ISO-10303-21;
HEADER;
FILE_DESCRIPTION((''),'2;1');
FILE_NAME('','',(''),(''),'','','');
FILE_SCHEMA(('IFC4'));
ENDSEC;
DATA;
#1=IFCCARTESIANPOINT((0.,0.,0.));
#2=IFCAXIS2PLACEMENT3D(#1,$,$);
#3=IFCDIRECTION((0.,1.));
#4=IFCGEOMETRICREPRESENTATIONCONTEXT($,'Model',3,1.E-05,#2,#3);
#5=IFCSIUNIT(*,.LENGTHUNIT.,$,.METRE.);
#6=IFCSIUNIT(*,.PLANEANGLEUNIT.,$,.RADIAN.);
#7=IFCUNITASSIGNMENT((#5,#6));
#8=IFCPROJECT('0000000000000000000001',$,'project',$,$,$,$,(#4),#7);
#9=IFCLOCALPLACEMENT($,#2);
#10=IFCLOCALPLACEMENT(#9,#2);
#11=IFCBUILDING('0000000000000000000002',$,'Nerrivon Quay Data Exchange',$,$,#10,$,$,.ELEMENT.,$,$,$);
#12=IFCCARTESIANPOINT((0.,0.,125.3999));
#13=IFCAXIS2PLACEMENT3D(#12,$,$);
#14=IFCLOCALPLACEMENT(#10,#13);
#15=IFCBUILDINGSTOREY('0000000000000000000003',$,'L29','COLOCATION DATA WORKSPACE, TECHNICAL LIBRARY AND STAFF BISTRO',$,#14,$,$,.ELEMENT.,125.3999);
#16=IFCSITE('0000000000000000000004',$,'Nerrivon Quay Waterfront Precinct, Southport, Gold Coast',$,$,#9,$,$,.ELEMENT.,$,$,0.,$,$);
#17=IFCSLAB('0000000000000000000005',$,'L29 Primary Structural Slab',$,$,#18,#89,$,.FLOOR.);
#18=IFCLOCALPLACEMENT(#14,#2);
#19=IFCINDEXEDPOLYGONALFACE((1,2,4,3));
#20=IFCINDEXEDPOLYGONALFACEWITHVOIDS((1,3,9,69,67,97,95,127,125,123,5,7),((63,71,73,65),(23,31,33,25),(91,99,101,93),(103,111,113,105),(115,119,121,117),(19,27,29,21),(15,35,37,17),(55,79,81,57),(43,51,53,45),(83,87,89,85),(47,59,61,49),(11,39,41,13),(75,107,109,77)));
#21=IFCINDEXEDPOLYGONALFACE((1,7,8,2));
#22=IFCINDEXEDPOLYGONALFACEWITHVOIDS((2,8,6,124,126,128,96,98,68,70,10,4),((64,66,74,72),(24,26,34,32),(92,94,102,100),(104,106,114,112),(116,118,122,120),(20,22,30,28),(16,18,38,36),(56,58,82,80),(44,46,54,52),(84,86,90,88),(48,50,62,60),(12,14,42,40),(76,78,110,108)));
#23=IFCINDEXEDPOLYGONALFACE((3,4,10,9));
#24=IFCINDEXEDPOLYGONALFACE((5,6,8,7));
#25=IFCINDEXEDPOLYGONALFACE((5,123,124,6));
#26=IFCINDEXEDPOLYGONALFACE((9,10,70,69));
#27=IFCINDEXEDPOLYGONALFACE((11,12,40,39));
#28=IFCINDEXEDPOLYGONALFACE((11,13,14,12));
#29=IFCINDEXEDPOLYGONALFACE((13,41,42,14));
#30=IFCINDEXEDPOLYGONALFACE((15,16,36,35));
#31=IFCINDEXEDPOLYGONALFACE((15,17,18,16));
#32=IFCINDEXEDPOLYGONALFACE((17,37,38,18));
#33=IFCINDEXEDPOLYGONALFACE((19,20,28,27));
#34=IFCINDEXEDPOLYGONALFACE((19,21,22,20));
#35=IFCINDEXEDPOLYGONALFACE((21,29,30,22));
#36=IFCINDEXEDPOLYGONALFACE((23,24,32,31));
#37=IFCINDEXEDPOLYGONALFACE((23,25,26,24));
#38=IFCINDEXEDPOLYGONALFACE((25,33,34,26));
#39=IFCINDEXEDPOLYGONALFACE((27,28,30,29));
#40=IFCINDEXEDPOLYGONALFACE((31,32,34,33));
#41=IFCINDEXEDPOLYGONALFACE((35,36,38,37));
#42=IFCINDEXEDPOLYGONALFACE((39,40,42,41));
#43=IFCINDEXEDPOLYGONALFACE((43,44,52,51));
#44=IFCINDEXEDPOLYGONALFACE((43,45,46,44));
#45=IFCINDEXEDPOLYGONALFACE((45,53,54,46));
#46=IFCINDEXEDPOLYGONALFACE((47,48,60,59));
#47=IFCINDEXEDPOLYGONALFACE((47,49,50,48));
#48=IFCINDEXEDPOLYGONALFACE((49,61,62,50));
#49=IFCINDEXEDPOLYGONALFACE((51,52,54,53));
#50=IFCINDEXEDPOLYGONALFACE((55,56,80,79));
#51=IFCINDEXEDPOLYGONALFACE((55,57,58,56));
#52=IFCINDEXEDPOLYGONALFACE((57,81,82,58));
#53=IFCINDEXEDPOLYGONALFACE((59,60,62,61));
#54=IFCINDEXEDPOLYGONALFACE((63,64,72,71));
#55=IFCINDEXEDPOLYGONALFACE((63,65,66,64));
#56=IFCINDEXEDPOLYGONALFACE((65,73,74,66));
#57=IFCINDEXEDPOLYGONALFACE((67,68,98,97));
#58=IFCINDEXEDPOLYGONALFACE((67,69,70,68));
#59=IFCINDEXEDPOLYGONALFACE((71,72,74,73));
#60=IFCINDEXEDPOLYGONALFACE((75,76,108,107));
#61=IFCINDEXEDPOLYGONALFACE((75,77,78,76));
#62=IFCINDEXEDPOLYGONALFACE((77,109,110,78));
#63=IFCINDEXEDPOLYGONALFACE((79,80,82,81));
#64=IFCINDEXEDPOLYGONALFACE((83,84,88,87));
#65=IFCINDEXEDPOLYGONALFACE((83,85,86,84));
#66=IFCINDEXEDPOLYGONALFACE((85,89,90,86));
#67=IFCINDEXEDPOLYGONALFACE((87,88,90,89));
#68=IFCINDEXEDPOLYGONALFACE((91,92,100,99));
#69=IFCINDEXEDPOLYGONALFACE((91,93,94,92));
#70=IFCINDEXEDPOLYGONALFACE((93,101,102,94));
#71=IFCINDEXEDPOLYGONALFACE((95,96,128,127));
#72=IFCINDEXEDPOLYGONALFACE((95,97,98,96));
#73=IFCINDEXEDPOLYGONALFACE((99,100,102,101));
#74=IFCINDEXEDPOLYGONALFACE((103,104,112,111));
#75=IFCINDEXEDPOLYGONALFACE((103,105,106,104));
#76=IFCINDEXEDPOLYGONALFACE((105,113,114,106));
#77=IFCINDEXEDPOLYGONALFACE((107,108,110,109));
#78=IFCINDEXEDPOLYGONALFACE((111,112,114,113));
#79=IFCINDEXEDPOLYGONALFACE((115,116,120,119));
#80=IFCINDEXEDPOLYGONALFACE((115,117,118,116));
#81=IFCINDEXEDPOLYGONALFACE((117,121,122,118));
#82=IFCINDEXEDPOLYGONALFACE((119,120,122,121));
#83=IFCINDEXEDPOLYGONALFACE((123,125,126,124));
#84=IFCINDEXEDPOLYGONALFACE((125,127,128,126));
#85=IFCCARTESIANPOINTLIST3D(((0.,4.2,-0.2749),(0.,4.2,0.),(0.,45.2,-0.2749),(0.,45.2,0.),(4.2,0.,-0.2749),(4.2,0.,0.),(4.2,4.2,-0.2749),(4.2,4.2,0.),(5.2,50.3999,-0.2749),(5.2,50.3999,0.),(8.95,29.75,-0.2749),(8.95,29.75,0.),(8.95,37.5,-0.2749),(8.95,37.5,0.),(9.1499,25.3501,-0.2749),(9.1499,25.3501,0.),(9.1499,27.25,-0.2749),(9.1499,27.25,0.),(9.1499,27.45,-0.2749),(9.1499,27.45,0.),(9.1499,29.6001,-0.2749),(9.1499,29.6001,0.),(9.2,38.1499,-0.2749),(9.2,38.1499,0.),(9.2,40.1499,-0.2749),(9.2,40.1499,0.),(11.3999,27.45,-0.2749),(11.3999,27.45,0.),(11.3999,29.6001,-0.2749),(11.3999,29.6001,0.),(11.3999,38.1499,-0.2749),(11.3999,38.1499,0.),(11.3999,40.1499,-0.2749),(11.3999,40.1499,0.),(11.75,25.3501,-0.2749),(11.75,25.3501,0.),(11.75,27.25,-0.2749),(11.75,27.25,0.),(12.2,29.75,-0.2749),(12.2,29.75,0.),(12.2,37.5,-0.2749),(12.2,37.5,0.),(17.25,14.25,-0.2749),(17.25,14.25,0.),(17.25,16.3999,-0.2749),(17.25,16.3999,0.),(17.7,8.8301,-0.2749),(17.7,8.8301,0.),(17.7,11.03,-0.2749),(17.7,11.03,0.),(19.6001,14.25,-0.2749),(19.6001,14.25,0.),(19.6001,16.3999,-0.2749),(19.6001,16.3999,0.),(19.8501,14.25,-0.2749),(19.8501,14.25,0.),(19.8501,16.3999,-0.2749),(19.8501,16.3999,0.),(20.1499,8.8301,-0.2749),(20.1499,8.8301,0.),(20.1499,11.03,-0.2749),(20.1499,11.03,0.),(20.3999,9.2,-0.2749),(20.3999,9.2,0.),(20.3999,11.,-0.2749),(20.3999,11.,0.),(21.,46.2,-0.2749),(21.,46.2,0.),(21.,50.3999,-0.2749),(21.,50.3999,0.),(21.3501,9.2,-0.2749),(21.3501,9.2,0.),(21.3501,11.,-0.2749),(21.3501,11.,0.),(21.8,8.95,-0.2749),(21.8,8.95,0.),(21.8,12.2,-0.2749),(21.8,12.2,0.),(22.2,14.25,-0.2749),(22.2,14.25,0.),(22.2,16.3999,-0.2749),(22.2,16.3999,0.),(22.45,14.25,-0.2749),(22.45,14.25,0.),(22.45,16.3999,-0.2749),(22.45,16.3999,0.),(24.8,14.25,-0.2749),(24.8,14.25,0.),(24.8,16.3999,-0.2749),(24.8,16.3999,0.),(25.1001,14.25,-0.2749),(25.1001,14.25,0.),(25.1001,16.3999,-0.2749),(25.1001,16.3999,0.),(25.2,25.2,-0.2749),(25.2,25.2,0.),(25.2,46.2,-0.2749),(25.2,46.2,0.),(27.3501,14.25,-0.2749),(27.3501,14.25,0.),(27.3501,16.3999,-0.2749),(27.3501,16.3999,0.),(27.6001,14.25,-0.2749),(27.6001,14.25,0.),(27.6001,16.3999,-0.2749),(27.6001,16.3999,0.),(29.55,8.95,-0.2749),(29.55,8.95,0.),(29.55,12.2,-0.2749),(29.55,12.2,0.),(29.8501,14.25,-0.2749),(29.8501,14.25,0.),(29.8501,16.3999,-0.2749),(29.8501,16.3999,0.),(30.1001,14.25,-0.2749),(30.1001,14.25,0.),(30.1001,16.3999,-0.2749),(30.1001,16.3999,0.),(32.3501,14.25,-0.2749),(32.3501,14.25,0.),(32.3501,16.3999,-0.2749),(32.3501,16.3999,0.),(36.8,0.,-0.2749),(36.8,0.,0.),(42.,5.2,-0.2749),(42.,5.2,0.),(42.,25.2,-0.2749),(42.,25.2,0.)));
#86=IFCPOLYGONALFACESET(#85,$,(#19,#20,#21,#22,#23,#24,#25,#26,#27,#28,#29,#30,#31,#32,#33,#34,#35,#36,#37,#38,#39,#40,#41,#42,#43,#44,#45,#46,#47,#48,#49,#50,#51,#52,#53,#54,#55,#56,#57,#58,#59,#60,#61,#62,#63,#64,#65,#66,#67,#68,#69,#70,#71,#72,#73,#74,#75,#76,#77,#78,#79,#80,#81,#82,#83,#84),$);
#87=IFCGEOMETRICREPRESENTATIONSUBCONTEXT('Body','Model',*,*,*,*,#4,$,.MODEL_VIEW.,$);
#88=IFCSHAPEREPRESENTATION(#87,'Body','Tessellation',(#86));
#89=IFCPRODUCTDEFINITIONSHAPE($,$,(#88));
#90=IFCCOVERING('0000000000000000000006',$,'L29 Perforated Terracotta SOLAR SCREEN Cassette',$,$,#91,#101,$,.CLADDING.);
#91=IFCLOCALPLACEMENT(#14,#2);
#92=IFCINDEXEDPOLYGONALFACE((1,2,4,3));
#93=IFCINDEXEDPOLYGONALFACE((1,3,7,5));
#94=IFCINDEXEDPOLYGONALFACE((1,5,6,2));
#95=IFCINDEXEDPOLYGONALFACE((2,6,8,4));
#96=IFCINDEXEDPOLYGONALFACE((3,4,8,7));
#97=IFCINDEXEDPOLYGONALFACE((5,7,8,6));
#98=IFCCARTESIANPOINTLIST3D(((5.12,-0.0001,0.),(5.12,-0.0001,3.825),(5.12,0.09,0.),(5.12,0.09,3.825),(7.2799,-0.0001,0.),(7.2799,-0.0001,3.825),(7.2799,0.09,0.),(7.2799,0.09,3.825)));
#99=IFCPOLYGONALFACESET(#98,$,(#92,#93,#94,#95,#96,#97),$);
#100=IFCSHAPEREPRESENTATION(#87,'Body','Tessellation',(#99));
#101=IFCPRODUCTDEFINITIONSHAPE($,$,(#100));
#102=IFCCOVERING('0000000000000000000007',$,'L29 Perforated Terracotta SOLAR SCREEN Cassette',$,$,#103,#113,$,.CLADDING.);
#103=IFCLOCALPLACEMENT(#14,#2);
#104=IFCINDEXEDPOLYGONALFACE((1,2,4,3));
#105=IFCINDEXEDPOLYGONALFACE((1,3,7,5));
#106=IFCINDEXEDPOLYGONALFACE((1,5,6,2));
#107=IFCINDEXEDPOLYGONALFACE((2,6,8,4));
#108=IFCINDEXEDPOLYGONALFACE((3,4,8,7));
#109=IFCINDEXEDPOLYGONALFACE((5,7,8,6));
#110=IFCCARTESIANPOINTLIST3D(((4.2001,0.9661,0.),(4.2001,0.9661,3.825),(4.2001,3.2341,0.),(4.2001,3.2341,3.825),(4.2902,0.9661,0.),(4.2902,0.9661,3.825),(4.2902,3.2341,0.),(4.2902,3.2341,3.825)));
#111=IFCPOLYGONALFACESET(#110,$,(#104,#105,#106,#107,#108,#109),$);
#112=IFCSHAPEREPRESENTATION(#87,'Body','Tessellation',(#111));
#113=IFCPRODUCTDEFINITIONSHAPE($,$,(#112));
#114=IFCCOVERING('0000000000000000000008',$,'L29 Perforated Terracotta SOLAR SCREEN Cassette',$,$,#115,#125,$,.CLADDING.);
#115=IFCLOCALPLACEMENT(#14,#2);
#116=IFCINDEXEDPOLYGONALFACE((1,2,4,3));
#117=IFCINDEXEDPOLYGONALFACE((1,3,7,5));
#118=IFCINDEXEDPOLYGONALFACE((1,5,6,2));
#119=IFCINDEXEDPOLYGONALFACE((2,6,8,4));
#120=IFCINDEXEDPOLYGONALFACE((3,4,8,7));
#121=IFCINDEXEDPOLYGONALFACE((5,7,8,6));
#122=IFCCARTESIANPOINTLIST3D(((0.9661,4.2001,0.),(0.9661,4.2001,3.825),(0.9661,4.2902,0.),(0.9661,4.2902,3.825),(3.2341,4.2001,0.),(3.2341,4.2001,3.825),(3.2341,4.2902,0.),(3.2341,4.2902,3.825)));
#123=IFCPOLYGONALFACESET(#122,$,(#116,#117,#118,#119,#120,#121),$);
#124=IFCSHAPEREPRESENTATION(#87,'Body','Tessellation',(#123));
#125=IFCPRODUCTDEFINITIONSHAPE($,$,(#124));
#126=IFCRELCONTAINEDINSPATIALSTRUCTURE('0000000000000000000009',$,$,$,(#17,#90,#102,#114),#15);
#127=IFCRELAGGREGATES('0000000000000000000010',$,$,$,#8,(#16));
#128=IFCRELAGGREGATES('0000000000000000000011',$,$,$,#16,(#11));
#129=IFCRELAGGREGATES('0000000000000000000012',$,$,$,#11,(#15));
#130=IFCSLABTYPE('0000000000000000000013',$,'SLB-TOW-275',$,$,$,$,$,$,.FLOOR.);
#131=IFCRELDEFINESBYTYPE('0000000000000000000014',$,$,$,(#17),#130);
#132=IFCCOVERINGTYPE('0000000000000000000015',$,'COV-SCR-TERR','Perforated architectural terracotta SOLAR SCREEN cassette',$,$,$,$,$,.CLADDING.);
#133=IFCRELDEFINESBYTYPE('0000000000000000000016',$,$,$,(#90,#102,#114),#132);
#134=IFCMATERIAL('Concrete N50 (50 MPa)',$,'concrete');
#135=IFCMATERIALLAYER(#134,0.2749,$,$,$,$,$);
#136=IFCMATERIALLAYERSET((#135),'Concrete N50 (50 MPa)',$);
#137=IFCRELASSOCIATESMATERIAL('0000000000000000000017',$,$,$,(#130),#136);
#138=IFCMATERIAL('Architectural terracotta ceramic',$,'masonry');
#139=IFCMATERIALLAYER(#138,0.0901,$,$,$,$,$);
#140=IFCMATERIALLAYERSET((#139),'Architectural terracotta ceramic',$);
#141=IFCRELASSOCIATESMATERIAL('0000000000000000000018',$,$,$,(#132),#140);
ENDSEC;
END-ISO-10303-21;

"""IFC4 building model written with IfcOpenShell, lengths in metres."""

from ifc_helpers import new_model, si_unit, direction, frame, origin, origin_2d, place, context, subcontext, project, spatial, polyline, rectangle, outline, extrude, material, layer, layer_set, type_object, element, save


model = new_model("IFC4")

# Units and contexts
model_context = context("Model", 3, precision=1e-05, world=origin(), true_north=direction((0.0, 1.0)))
body_context = subcontext(model_context, "Body", "Model", "MODEL_VIEW")
ifc_project = project(units=[si_unit("LENGTHUNIT", "METRE"), si_unit("PLANEANGLEUNIT", "RADIAN")], contexts=[model_context])

# Site, building, storey
site_placement = place(None, origin())
site = spatial("IfcSite", under=ifc_project, at=site_placement, Name="Nerrivon Quay Waterfront Precinct, Southport, Gold Coast", CompositionType="ELEMENT", RefElevation=0.0)
building_placement = place(site_placement, origin())
building = spatial("IfcBuilding", under=site, at=building_placement, Name="Nerrivon Quay Data Exchange", CompositionType="ELEMENT")
storey_placement = place(building_placement, frame((0.0, 0.0, 125.3999)))
storey = spatial("IfcBuildingStorey", under=building, at=storey_placement, Name="L29", Description="COLOCATION DATA WORKSPACE, TECHNICAL LIBRARY AND STAFF BISTRO", CompositionType="ELEMENT", Elevation=125.3999)

# Shared definitions
ifc_material_1 = material(Name="Concrete N50 (50 MPa)", Category="concrete")

# Slab
ifc_layer_1 = layer(ifc_material_1, 0.2749)
ifc_layer_set_1 = layer_set([ifc_layer_1], Name="Concrete N50 (50 MPa)")
slab_type_1 = type_object("IfcSlabType", Name="SLB-TOW-275", PredefinedType="FLOOR", material=ifc_layer_set_1)
slab_1_placement = place(storey_placement, frame((0.0, 0.0, -0.2749)))
element("IfcSlab", 1, at=slab_1_placement, inside=storey, type_object=slab_type_1, Name="L29 Primary Structural Slab", PredefinedType="FLOOR", context=body_context, shape_type="SweptSolid", body=[
    extrude(outline(polyline([(42.0, 25.2), (25.2, 25.2), (25.2, 46.2), (21.0, 46.2), (21.0, 50.3999), (5.2, 50.3999), (0.0, 45.2), (0.0, 4.2), (4.2, 4.2), (4.2, 0.0), (36.8, 0.0), (42.0, 5.2), (42.0, 25.2)]), holes=[polyline([(8.95, 29.75), (8.95, 37.5), (12.2, 37.5), (12.2, 29.75), (8.95, 29.75)]), polyline([(21.8, 12.2), (29.55, 12.2), (29.55, 8.95), (21.8, 8.95), (21.8, 12.2)]), polyline([(30.1001, 16.3999), (32.3501, 16.3999), (32.3501, 14.25), (30.1001, 14.25), (30.1001, 16.3999)]), polyline([(27.6001, 16.3999), (29.8501, 16.3999), (29.8501, 14.25), (27.6001, 14.25), (27.6001, 16.3999)]), polyline([(25.1001, 14.25), (25.1001, 16.3999), (27.3501, 16.3999), (27.3501, 14.25), (25.1001, 14.25)]), polyline([(22.45, 16.3999), (24.8, 16.3999), (24.8, 14.25), (22.45, 14.25), (22.45, 16.3999)]), polyline([(19.8501, 16.3999), (22.2, 16.3999), (22.2, 14.25), (19.8501, 14.25), (19.8501, 16.3999)]), polyline([(20.3999, 9.2), (20.3999, 11.0), (21.3501, 11.0), (21.3501, 9.2), (20.3999, 9.2)]), polyline([(17.7, 8.8301), (17.7, 11.03), (20.1499, 11.03), (20.1499, 8.8301), (17.7, 8.8301)]), polyline([(17.25, 14.25), (17.25, 16.3999), (19.6001, 16.3999), (19.6001, 14.25), (17.25, 14.25)]), polyline([(9.1499, 27.25), (11.75, 27.25), (11.75, 25.3501), (9.1499, 25.3501), (9.1499, 27.25)]), polyline([(9.1499, 29.6001), (11.3999, 29.6001), (11.3999, 27.45), (9.1499, 27.45), (9.1499, 29.6001)]), polyline([(9.2, 38.1499), (9.2, 40.1499), (11.3999, 40.1499), (11.3999, 38.1499), (9.2, 38.1499)])]), origin(), (0.0, 0.0, 1.0), 0.2749),
])

# Coverings
ifc_material_2 = material(Name="Architectural terracotta ceramic", Category="masonry")
ifc_layer_2 = layer(ifc_material_2, 0.0901)
ifc_layer_set_2 = layer_set([ifc_layer_2], Name="Architectural terracotta ceramic")
covering_type = type_object("IfcCoveringType", Name="COV-SCR-TERR", Description="Perforated architectural terracotta SOLAR SCREEN cassette", PredefinedType="CLADDING", material=ifc_layer_set_2)
covering_placement = place(storey_placement, frame((6.2, 0.0449, 0.0), z_axis=(0.0, 0.0, 1.0), x_axis=(-1.0, 0.0, 0.0)))
element("IfcCovering", 2, at=covering_placement, inside=storey, type_object=covering_type, Name="L29 Perforated Terracotta SOLAR SCREEN Cassette", PredefinedType="CLADDING", context=body_context, shape_type="SweptSolid", body=[
    extrude(rectangle(XDim=2.1599, YDim=0.0901, at=origin_2d()), origin(), (0.0, 0.0, 1.0), 3.825),
])
for number, where, z_axis, x_axis, name in (
    (3, (4.2451, 2.1001, 0.0), (0.0, 0.0, 1.0), (0.0, 1.0, 0.0), "L29 Perforated Terracotta SOLAR SCREEN Cassette"),
    (4, (2.1001, 4.2451, 0.0), (0.0, 0.0, 1.0), (-1.0, 0.0, 0.0), "L29 Perforated Terracotta SOLAR SCREEN Cassette"),
):
    element("IfcCovering", number, at=place(storey_placement, frame(where, z_axis=z_axis, x_axis=x_axis)), inside=storey, type_object=covering_type, Name=name, PredefinedType="CLADDING", context=body_context, shape_type="SweptSolid", body=[
        extrude(rectangle(XDim=2.2681, YDim=0.0901, at=origin_2d()), origin(), (0.0, 0.0, 1.0), 3.825),
    ])

save(model, "model.ifc")
